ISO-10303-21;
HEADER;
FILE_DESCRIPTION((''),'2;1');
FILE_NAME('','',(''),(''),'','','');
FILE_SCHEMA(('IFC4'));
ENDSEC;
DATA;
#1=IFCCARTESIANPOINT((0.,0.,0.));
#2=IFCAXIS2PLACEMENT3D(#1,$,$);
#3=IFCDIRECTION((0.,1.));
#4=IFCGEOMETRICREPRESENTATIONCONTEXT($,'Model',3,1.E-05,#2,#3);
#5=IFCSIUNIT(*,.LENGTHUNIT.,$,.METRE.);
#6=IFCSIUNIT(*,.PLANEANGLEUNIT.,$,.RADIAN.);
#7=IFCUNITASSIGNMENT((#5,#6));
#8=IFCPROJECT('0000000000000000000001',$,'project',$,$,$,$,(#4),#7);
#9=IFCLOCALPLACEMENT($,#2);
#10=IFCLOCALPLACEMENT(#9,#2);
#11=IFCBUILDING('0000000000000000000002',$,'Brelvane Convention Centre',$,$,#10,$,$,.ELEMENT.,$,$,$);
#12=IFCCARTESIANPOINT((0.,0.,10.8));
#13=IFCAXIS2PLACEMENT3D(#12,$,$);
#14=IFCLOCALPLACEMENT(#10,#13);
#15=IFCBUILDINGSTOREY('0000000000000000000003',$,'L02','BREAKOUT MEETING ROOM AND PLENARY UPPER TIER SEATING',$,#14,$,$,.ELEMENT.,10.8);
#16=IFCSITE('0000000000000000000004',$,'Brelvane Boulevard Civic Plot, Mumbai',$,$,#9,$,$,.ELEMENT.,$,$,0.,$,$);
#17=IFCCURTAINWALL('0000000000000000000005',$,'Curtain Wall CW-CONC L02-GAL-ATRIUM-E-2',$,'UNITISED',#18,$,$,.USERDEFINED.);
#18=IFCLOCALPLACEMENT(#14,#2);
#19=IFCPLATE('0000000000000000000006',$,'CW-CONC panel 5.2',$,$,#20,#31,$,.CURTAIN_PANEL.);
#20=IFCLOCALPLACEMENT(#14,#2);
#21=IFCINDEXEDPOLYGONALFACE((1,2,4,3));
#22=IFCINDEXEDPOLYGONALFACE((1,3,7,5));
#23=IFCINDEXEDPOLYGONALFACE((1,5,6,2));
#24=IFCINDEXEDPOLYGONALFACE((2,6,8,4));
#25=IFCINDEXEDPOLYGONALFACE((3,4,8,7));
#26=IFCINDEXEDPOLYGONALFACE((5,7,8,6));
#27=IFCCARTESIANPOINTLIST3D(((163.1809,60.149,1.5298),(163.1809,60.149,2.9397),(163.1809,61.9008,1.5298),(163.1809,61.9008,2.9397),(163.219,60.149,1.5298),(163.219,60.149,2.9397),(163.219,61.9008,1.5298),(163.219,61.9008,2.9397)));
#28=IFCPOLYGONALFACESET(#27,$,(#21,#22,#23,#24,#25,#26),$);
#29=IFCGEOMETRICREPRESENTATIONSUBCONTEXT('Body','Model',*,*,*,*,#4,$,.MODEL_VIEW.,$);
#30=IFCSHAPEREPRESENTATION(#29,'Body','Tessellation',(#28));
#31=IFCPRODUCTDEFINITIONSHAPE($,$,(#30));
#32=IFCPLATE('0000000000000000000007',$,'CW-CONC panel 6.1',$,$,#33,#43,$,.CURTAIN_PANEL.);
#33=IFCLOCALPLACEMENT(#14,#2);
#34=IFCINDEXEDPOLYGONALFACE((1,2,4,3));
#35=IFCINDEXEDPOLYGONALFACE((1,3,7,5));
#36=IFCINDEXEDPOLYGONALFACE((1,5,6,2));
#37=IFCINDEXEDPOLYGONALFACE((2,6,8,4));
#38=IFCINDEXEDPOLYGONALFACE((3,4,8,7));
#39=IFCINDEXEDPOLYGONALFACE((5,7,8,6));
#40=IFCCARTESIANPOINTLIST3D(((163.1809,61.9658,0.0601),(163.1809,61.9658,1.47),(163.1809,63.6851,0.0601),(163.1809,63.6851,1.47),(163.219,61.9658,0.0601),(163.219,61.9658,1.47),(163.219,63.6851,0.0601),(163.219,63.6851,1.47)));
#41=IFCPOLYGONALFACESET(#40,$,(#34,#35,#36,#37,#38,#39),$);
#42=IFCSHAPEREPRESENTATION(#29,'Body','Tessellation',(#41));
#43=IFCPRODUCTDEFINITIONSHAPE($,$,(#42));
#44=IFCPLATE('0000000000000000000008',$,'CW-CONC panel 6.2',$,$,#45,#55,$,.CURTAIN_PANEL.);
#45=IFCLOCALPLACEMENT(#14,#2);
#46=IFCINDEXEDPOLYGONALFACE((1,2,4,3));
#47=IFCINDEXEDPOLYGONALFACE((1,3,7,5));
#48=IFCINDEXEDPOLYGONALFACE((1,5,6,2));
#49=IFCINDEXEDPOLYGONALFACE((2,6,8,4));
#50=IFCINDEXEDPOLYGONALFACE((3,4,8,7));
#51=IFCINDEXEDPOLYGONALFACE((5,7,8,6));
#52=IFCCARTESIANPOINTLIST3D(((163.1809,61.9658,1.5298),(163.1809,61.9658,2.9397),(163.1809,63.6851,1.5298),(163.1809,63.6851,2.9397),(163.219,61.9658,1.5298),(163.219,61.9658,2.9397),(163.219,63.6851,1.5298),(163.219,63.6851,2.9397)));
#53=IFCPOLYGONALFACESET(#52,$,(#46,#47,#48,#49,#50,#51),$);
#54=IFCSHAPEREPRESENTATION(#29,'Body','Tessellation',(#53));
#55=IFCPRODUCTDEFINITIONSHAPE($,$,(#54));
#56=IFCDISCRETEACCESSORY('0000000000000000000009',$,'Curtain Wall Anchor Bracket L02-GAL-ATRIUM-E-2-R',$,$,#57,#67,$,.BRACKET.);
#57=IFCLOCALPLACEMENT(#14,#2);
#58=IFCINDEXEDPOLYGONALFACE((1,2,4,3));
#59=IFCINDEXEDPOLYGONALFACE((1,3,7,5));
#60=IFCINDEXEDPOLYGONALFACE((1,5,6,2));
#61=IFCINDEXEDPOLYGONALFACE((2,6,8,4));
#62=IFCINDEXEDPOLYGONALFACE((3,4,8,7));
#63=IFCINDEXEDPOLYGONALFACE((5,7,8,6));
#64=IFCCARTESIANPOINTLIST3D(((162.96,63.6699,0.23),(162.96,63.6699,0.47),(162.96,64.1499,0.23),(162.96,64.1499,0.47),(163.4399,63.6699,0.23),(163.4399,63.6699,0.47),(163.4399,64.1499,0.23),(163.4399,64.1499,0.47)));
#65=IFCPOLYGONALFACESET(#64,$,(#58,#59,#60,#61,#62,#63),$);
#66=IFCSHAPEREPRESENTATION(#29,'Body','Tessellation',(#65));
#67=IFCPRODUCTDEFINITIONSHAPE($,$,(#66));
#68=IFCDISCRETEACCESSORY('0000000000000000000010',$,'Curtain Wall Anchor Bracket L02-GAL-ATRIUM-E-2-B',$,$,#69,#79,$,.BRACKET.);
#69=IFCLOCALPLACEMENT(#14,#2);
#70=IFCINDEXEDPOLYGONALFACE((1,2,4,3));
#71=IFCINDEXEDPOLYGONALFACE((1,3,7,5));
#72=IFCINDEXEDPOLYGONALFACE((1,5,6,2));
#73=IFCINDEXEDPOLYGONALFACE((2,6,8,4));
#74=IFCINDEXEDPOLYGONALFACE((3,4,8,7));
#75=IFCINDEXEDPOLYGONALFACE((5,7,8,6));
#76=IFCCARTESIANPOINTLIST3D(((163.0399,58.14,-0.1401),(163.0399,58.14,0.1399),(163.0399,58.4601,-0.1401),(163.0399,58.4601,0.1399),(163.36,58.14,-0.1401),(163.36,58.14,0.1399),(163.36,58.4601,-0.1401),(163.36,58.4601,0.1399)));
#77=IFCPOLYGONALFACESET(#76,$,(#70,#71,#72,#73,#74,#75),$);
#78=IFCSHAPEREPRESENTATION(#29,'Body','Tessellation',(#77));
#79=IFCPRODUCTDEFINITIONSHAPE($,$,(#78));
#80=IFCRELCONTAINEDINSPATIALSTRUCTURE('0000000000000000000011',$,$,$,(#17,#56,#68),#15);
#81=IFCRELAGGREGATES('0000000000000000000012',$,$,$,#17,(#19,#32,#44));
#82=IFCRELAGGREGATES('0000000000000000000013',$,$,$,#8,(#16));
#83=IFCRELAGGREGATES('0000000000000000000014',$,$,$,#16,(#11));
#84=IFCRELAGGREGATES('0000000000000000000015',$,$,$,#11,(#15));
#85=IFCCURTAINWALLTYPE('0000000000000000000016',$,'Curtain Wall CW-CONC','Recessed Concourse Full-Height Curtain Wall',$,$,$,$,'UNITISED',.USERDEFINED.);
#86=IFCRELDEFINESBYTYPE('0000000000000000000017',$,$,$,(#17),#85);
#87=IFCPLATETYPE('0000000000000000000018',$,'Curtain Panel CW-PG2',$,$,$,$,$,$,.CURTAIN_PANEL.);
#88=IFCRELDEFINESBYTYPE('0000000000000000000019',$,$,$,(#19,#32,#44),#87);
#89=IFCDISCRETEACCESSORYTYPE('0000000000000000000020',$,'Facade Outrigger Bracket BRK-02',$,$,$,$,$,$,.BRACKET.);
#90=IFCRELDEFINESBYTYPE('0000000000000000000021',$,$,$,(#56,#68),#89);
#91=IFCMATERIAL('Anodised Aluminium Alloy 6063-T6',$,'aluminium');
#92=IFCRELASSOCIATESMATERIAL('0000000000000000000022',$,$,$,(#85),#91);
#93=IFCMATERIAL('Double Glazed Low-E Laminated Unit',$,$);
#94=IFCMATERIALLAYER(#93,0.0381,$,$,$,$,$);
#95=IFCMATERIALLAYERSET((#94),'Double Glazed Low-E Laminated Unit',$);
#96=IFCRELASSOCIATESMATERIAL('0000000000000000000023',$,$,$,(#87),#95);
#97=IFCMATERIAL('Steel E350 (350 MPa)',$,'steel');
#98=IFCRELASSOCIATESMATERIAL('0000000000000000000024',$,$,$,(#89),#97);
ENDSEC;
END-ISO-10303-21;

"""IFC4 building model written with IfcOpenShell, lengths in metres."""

from ifc_helpers import new_model, si_unit, direction, frame, origin, origin_2d, place, context, subcontext, project, spatial, rectangle, extrude, material, layer, layer_set, type_object, element, aggregate, save


model = new_model("IFC4")

# Units and contexts
model_context = context("Model", 3, precision=1e-05, world=origin(), true_north=direction((0.0, 1.0)))
body_context = subcontext(model_context, "Body", "Model", "MODEL_VIEW")
ifc_project = project(units=[si_unit("LENGTHUNIT", "METRE"), si_unit("PLANEANGLEUNIT", "RADIAN")], contexts=[model_context])

# Site, building, storey
site_placement = place(None, origin())
site = spatial("IfcSite", under=ifc_project, at=site_placement, Name="Brelvane Boulevard Civic Plot, Mumbai", CompositionType="ELEMENT", RefElevation=0.0)
building_placement = place(site_placement, origin())
building = spatial("IfcBuilding", under=site, at=building_placement, Name="Brelvane Convention Centre", CompositionType="ELEMENT")
storey_placement = place(building_placement, frame((0.0, 0.0, 10.8)))
storey = spatial("IfcBuildingStorey", under=building, at=storey_placement, Name="L02", Description="BREAKOUT MEETING ROOM AND PLENARY UPPER TIER SEATING", CompositionType="ELEMENT", Elevation=10.8)

# Curtain wall
ifc_material_1 = material(Name="Anodised Aluminium Alloy 6063-T6", Category="aluminium")
curtain_wall_type = type_object("IfcCurtainWallType", Name="Curtain Wall CW-CONC", Description="Recessed Concourse Full-Height Curtain Wall", ElementType="UNITISED", PredefinedType="USERDEFINED", material=ifc_material_1)
curtain_wall_placement = place(storey_placement, origin())
curtain_wall = element("IfcCurtainWall", 1, at=curtain_wall_placement, inside=storey, type_object=curtain_wall_type, Name="Curtain Wall CW-CONC L02-GAL-ATRIUM-E-2", ObjectType="UNITISED", PredefinedType="USERDEFINED")

# Plates
ifc_material_2 = material(Name="Double Glazed Low-E Laminated Unit")
ifc_layer = layer(ifc_material_2, 0.0381)
ifc_layer_set = layer_set([ifc_layer], Name="Double Glazed Low-E Laminated Unit")
plate_type = type_object("IfcPlateType", Name="Curtain Panel CW-PG2", PredefinedType="CURTAIN_PANEL", material=ifc_layer_set)
plate_1_placement = place(storey_placement, frame((163.2, 61.0249, 1.5298), z_axis=(0.0, 0.0, 1.0), x_axis=(0.0, 1.0, 0.0)))
plate_1 = element("IfcPlate", 2, at=plate_1_placement, type_object=plate_type, Name="CW-CONC panel 5.2", PredefinedType="CURTAIN_PANEL", context=body_context, shape_type="SweptSolid", body=[
    extrude(rectangle(XDim=1.7517, YDim=0.0381, at=origin_2d()), origin(), (0.0, 0.0, 1.0), 1.4099),
])
plate_2_placement = place(storey_placement, frame((163.2, 62.8254, 0.0601), z_axis=(0.0, 0.0, 1.0), x_axis=(0.0, 1.0, 0.0)))
plate_2 = element("IfcPlate", 3, at=plate_2_placement, type_object=plate_type, Name="CW-CONC panel 6.1", PredefinedType="CURTAIN_PANEL", context=body_context, shape_type="SweptSolid", body=[
    extrude(rectangle(XDim=1.7192, YDim=0.0381, at=origin_2d()), origin(), (0.0, 0.0, 1.0), 1.4099),
])
plate_3_placement = place(storey_placement, frame((163.2, 62.8254, 1.5298), z_axis=(0.0, 0.0, 1.0), x_axis=(0.0, 1.0, 0.0)))
plate_3 = element("IfcPlate", 4, at=plate_3_placement, type_object=plate_type, Name="CW-CONC panel 6.2", PredefinedType="CURTAIN_PANEL", context=body_context, shape_type="SweptSolid", body=[
    extrude(rectangle(XDim=1.7192, YDim=0.0381, at=origin_2d()), origin(), (0.0, 0.0, 1.0), 1.4099),
])
aggregate(curtain_wall, [plate_1, plate_2, plate_3])

# Discrete accessories
ifc_material_3 = material(Name="Steel E350 (350 MPa)", Category="steel")
discrete_accessory_type = type_object("IfcDiscreteAccessoryType", Name="Facade Outrigger Bracket BRK-02", PredefinedType="BRACKET", material=ifc_material_3)
discrete_accessory_1_placement = place(storey_placement, frame((163.2, 63.9099, 0.23), z_axis=(0.0, 0.0, 1.0), x_axis=(1.0, 0.0, 0.0)))
element("IfcDiscreteAccessory", 5, at=discrete_accessory_1_placement, inside=storey, type_object=discrete_accessory_type, Name="Curtain Wall Anchor Bracket L02-GAL-ATRIUM-E-2-R", PredefinedType="BRACKET", context=body_context, shape_type="SweptSolid", body=[
    extrude(rectangle(XDim=0.48, YDim=0.48, at=origin_2d()), origin(), (0.0, 0.0, 1.0), 0.24),
])
discrete_accessory_2_placement = place(storey_placement, frame((163.2, 58.3, -0.1401), z_axis=(0.0, 0.0, 1.0), x_axis=(1.0, 0.0, 0.0)))
element("IfcDiscreteAccessory", 6, at=discrete_accessory_2_placement, inside=storey, type_object=discrete_accessory_type, Name="Curtain Wall Anchor Bracket L02-GAL-ATRIUM-E-2-B", PredefinedType="BRACKET", context=body_context, shape_type="SweptSolid", body=[
    extrude(rectangle(XDim=0.3201, YDim=0.3201, at=origin_2d()), origin(), (0.0, 0.0, 1.0), 0.28),
])

save(model, "model.ifc")
